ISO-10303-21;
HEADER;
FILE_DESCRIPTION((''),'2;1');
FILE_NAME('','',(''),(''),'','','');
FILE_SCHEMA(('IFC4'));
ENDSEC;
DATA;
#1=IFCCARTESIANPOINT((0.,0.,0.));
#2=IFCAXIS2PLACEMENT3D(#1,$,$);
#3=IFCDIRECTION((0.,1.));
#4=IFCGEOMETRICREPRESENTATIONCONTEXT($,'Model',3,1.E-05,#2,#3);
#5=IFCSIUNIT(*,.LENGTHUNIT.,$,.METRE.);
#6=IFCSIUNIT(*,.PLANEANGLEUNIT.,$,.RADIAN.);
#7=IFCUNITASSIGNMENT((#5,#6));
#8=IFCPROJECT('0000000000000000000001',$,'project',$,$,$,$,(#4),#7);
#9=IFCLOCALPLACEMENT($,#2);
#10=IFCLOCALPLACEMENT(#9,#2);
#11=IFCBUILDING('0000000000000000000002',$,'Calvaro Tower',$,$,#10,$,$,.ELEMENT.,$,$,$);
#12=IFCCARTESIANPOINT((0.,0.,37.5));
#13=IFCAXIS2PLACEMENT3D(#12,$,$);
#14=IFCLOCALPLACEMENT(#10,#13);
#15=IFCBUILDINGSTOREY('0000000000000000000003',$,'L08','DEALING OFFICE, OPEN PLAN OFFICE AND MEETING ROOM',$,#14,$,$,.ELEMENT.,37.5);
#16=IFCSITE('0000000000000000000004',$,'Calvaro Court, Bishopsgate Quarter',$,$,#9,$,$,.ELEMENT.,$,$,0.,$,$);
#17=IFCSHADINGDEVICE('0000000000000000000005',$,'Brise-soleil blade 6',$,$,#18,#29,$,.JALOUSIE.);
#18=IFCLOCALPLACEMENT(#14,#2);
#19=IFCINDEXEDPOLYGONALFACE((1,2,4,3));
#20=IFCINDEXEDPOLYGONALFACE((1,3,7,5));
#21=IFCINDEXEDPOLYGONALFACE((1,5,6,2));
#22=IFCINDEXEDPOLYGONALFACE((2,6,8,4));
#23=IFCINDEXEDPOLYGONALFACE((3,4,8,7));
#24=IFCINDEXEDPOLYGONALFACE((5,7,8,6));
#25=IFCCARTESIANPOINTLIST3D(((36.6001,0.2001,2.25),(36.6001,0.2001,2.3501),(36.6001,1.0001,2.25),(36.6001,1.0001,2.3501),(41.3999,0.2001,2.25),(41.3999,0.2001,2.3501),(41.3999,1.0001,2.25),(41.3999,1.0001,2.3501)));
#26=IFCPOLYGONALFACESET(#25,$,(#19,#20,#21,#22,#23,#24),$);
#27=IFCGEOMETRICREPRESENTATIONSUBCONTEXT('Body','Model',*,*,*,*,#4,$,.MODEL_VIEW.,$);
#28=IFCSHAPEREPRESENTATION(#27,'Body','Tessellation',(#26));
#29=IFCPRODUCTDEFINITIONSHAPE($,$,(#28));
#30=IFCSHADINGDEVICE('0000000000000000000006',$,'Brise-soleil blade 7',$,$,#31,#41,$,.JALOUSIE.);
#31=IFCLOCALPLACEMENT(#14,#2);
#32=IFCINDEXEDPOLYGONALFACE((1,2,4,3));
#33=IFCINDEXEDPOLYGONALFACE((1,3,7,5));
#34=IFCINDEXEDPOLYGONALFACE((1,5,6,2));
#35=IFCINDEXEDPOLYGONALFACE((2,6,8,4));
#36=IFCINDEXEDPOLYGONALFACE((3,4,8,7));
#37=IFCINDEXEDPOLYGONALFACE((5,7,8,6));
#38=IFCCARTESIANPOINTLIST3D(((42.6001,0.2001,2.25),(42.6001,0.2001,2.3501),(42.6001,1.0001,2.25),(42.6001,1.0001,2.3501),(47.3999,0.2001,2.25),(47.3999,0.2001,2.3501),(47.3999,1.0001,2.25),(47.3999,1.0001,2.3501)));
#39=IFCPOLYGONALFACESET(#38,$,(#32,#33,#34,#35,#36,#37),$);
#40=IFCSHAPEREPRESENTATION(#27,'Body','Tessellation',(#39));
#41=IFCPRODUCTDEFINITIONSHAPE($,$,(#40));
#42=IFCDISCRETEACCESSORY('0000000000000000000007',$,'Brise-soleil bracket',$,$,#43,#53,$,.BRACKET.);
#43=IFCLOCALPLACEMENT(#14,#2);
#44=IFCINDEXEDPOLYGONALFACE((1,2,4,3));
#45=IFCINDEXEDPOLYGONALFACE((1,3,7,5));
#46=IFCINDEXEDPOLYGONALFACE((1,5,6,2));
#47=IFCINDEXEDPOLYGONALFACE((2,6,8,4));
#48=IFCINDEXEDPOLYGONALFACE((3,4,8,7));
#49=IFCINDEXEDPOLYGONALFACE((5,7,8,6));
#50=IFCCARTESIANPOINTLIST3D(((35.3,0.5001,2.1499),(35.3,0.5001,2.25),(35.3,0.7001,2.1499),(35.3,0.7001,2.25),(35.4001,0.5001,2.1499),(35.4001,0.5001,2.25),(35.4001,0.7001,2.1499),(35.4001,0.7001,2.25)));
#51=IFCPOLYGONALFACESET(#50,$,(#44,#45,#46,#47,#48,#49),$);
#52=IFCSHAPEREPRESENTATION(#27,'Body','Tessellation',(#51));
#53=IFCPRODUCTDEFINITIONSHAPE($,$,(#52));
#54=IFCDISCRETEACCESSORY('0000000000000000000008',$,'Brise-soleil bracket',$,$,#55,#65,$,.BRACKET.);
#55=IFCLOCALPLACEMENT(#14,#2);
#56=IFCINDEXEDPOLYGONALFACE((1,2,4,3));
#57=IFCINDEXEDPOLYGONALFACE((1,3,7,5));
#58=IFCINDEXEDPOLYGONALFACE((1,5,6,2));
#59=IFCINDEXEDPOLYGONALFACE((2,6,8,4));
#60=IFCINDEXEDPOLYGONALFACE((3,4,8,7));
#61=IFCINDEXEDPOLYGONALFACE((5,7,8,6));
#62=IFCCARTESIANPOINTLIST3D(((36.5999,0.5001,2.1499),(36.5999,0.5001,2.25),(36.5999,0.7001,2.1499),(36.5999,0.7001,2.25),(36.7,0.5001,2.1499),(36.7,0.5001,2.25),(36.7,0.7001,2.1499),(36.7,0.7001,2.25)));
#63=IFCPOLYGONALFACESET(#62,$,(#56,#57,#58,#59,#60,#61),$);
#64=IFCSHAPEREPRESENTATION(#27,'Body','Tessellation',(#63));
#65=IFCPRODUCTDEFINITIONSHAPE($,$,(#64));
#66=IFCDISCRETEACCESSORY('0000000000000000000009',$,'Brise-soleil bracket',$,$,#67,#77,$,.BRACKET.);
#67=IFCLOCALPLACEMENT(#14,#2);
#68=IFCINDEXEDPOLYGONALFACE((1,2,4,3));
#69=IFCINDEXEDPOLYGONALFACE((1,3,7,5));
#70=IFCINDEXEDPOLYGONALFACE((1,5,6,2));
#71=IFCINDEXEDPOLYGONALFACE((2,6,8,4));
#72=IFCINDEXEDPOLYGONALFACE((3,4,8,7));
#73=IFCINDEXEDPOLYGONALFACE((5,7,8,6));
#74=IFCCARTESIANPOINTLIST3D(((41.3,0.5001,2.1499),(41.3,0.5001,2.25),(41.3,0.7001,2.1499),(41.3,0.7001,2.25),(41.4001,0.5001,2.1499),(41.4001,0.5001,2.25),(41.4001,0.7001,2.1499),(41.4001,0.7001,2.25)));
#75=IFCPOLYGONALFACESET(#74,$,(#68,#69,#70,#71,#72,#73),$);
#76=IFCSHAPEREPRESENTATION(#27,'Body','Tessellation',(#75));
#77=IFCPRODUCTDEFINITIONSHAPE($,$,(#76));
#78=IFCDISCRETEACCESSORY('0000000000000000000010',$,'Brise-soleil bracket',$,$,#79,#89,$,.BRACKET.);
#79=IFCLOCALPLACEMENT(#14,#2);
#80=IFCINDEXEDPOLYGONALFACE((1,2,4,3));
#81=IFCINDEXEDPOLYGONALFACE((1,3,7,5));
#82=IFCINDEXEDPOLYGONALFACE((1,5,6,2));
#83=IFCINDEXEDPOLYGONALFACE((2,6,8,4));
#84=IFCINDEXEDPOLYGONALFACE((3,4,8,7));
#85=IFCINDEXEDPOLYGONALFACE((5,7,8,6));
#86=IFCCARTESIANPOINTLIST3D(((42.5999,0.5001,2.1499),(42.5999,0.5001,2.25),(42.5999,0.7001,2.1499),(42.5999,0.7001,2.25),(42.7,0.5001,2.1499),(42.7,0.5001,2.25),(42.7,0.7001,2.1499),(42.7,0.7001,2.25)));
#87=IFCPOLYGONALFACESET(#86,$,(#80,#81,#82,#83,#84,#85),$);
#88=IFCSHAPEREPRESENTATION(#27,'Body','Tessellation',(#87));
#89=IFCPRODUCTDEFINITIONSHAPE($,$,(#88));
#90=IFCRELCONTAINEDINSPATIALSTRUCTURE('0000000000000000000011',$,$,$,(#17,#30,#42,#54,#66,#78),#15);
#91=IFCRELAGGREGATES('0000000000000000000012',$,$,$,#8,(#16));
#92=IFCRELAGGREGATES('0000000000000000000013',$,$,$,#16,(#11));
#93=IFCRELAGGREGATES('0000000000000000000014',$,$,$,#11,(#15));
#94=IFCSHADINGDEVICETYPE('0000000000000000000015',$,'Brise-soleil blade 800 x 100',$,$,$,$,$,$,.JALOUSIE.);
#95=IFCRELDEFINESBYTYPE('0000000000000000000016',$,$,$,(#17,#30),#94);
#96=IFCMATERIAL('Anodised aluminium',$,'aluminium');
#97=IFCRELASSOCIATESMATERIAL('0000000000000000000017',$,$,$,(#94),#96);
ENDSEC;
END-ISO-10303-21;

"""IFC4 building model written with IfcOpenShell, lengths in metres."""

from ifc_helpers import new_model, si_unit, direction, frame, origin, origin_2d, place, context, subcontext, project, spatial, rectangle, extrude, material, material_profile, profile_set, type_object, element, save


model = new_model("IFC4")

# Units and contexts
model_context = context("Model", 3, precision=1e-05, world=origin(), true_north=direction((0.0, 1.0)))
body_context = subcontext(model_context, "Body", "Model", "MODEL_VIEW")
ifc_project = project(units=[si_unit("LENGTHUNIT", "METRE"), si_unit("PLANEANGLEUNIT", "RADIAN")], contexts=[model_context])

# Site, building, storey
site_placement = place(None, origin())
site = spatial("IfcSite", under=ifc_project, at=site_placement, Name="Calvaro Court, Bishopsgate Quarter", CompositionType="ELEMENT", RefElevation=0.0)
building_placement = place(site_placement, origin())
building = spatial("IfcBuilding", under=site, at=building_placement, Name="Calvaro Tower", CompositionType="ELEMENT")
storey_placement = place(building_placement, frame((0.0, 0.0, 37.5)))
storey = spatial("IfcBuildingStorey", under=building, at=storey_placement, Name="L08", Description="DEALING OFFICE, OPEN PLAN OFFICE AND MEETING ROOM", CompositionType="ELEMENT", Elevation=37.5)

# Shading devices
ifc_material_1 = material(Name="Anodised aluminium", Category="aluminium")
ifc_material_profile_1 = material_profile(ifc_material_1, rectangle(XDim=0.8, YDim=0.1001, at=origin_2d()), Name="Brise-soleil blade 800 x 100")
ifc_profile_set_1 = profile_set([ifc_material_profile_1], Name="Anodised aluminium")
shading_device_type = type_object("IfcShadingDeviceType", Name="Brise-soleil blade 800 x 100", PredefinedType="JALOUSIE", material=ifc_profile_set_1)
for number, where, z_axis, x_axis, name in (
    (1, (36.6001, 0.6001, 2.3), (1.0, 0.0, 0.0), (0.0, 1.0, 0.0), "Brise-soleil blade 6"),
    (2, (42.6001, 0.6001, 2.3), (1.0, 0.0, 0.0), (0.0, 1.0, 0.0), "Brise-soleil blade 7"),
):
    element("IfcShadingDevice", number, at=place(storey_placement, frame(where, z_axis=z_axis, x_axis=x_axis)), inside=storey, type_object=shading_device_type, Name=name, PredefinedType="JALOUSIE", context=body_context, shape_type="SweptSolid", body=[
        extrude(rectangle(XDim=0.8, YDim=0.1001, at=origin_2d()), origin(), (0.0, 0.0, 1.0), 4.7998),
    ])

# Discrete accessories
for number, where, z_axis, x_axis, name in (
    (3, (35.3501, 0.6001, 2.1499), (0.0, 0.0, 1.0), (1.0, 0.0, 0.0), "Brise-soleil bracket"),
    (4, (36.6499, 0.6001, 2.1499), (0.0, 0.0, 1.0), (1.0, 0.0, 0.0), "Brise-soleil bracket"),
    (5, (41.3501, 0.6001, 2.1499), (0.0, 0.0, 1.0), (1.0, 0.0, 0.0), "Brise-soleil bracket"),
    (6, (42.6499, 0.6001, 2.1499), (0.0, 0.0, 1.0), (1.0, 0.0, 0.0), "Brise-soleil bracket"),
):
    element("IfcDiscreteAccessory", number, at=place(storey_placement, frame(where, z_axis=z_axis, x_axis=x_axis)), inside=storey, Name=name, PredefinedType="BRACKET", context=body_context, shape_type="SweptSolid", body=[
        extrude(rectangle(XDim=0.1001, YDim=0.2, at=origin_2d()), origin(), (0.0, 0.0, 1.0), 0.1001),
    ])

save(model, "model.ifc")
